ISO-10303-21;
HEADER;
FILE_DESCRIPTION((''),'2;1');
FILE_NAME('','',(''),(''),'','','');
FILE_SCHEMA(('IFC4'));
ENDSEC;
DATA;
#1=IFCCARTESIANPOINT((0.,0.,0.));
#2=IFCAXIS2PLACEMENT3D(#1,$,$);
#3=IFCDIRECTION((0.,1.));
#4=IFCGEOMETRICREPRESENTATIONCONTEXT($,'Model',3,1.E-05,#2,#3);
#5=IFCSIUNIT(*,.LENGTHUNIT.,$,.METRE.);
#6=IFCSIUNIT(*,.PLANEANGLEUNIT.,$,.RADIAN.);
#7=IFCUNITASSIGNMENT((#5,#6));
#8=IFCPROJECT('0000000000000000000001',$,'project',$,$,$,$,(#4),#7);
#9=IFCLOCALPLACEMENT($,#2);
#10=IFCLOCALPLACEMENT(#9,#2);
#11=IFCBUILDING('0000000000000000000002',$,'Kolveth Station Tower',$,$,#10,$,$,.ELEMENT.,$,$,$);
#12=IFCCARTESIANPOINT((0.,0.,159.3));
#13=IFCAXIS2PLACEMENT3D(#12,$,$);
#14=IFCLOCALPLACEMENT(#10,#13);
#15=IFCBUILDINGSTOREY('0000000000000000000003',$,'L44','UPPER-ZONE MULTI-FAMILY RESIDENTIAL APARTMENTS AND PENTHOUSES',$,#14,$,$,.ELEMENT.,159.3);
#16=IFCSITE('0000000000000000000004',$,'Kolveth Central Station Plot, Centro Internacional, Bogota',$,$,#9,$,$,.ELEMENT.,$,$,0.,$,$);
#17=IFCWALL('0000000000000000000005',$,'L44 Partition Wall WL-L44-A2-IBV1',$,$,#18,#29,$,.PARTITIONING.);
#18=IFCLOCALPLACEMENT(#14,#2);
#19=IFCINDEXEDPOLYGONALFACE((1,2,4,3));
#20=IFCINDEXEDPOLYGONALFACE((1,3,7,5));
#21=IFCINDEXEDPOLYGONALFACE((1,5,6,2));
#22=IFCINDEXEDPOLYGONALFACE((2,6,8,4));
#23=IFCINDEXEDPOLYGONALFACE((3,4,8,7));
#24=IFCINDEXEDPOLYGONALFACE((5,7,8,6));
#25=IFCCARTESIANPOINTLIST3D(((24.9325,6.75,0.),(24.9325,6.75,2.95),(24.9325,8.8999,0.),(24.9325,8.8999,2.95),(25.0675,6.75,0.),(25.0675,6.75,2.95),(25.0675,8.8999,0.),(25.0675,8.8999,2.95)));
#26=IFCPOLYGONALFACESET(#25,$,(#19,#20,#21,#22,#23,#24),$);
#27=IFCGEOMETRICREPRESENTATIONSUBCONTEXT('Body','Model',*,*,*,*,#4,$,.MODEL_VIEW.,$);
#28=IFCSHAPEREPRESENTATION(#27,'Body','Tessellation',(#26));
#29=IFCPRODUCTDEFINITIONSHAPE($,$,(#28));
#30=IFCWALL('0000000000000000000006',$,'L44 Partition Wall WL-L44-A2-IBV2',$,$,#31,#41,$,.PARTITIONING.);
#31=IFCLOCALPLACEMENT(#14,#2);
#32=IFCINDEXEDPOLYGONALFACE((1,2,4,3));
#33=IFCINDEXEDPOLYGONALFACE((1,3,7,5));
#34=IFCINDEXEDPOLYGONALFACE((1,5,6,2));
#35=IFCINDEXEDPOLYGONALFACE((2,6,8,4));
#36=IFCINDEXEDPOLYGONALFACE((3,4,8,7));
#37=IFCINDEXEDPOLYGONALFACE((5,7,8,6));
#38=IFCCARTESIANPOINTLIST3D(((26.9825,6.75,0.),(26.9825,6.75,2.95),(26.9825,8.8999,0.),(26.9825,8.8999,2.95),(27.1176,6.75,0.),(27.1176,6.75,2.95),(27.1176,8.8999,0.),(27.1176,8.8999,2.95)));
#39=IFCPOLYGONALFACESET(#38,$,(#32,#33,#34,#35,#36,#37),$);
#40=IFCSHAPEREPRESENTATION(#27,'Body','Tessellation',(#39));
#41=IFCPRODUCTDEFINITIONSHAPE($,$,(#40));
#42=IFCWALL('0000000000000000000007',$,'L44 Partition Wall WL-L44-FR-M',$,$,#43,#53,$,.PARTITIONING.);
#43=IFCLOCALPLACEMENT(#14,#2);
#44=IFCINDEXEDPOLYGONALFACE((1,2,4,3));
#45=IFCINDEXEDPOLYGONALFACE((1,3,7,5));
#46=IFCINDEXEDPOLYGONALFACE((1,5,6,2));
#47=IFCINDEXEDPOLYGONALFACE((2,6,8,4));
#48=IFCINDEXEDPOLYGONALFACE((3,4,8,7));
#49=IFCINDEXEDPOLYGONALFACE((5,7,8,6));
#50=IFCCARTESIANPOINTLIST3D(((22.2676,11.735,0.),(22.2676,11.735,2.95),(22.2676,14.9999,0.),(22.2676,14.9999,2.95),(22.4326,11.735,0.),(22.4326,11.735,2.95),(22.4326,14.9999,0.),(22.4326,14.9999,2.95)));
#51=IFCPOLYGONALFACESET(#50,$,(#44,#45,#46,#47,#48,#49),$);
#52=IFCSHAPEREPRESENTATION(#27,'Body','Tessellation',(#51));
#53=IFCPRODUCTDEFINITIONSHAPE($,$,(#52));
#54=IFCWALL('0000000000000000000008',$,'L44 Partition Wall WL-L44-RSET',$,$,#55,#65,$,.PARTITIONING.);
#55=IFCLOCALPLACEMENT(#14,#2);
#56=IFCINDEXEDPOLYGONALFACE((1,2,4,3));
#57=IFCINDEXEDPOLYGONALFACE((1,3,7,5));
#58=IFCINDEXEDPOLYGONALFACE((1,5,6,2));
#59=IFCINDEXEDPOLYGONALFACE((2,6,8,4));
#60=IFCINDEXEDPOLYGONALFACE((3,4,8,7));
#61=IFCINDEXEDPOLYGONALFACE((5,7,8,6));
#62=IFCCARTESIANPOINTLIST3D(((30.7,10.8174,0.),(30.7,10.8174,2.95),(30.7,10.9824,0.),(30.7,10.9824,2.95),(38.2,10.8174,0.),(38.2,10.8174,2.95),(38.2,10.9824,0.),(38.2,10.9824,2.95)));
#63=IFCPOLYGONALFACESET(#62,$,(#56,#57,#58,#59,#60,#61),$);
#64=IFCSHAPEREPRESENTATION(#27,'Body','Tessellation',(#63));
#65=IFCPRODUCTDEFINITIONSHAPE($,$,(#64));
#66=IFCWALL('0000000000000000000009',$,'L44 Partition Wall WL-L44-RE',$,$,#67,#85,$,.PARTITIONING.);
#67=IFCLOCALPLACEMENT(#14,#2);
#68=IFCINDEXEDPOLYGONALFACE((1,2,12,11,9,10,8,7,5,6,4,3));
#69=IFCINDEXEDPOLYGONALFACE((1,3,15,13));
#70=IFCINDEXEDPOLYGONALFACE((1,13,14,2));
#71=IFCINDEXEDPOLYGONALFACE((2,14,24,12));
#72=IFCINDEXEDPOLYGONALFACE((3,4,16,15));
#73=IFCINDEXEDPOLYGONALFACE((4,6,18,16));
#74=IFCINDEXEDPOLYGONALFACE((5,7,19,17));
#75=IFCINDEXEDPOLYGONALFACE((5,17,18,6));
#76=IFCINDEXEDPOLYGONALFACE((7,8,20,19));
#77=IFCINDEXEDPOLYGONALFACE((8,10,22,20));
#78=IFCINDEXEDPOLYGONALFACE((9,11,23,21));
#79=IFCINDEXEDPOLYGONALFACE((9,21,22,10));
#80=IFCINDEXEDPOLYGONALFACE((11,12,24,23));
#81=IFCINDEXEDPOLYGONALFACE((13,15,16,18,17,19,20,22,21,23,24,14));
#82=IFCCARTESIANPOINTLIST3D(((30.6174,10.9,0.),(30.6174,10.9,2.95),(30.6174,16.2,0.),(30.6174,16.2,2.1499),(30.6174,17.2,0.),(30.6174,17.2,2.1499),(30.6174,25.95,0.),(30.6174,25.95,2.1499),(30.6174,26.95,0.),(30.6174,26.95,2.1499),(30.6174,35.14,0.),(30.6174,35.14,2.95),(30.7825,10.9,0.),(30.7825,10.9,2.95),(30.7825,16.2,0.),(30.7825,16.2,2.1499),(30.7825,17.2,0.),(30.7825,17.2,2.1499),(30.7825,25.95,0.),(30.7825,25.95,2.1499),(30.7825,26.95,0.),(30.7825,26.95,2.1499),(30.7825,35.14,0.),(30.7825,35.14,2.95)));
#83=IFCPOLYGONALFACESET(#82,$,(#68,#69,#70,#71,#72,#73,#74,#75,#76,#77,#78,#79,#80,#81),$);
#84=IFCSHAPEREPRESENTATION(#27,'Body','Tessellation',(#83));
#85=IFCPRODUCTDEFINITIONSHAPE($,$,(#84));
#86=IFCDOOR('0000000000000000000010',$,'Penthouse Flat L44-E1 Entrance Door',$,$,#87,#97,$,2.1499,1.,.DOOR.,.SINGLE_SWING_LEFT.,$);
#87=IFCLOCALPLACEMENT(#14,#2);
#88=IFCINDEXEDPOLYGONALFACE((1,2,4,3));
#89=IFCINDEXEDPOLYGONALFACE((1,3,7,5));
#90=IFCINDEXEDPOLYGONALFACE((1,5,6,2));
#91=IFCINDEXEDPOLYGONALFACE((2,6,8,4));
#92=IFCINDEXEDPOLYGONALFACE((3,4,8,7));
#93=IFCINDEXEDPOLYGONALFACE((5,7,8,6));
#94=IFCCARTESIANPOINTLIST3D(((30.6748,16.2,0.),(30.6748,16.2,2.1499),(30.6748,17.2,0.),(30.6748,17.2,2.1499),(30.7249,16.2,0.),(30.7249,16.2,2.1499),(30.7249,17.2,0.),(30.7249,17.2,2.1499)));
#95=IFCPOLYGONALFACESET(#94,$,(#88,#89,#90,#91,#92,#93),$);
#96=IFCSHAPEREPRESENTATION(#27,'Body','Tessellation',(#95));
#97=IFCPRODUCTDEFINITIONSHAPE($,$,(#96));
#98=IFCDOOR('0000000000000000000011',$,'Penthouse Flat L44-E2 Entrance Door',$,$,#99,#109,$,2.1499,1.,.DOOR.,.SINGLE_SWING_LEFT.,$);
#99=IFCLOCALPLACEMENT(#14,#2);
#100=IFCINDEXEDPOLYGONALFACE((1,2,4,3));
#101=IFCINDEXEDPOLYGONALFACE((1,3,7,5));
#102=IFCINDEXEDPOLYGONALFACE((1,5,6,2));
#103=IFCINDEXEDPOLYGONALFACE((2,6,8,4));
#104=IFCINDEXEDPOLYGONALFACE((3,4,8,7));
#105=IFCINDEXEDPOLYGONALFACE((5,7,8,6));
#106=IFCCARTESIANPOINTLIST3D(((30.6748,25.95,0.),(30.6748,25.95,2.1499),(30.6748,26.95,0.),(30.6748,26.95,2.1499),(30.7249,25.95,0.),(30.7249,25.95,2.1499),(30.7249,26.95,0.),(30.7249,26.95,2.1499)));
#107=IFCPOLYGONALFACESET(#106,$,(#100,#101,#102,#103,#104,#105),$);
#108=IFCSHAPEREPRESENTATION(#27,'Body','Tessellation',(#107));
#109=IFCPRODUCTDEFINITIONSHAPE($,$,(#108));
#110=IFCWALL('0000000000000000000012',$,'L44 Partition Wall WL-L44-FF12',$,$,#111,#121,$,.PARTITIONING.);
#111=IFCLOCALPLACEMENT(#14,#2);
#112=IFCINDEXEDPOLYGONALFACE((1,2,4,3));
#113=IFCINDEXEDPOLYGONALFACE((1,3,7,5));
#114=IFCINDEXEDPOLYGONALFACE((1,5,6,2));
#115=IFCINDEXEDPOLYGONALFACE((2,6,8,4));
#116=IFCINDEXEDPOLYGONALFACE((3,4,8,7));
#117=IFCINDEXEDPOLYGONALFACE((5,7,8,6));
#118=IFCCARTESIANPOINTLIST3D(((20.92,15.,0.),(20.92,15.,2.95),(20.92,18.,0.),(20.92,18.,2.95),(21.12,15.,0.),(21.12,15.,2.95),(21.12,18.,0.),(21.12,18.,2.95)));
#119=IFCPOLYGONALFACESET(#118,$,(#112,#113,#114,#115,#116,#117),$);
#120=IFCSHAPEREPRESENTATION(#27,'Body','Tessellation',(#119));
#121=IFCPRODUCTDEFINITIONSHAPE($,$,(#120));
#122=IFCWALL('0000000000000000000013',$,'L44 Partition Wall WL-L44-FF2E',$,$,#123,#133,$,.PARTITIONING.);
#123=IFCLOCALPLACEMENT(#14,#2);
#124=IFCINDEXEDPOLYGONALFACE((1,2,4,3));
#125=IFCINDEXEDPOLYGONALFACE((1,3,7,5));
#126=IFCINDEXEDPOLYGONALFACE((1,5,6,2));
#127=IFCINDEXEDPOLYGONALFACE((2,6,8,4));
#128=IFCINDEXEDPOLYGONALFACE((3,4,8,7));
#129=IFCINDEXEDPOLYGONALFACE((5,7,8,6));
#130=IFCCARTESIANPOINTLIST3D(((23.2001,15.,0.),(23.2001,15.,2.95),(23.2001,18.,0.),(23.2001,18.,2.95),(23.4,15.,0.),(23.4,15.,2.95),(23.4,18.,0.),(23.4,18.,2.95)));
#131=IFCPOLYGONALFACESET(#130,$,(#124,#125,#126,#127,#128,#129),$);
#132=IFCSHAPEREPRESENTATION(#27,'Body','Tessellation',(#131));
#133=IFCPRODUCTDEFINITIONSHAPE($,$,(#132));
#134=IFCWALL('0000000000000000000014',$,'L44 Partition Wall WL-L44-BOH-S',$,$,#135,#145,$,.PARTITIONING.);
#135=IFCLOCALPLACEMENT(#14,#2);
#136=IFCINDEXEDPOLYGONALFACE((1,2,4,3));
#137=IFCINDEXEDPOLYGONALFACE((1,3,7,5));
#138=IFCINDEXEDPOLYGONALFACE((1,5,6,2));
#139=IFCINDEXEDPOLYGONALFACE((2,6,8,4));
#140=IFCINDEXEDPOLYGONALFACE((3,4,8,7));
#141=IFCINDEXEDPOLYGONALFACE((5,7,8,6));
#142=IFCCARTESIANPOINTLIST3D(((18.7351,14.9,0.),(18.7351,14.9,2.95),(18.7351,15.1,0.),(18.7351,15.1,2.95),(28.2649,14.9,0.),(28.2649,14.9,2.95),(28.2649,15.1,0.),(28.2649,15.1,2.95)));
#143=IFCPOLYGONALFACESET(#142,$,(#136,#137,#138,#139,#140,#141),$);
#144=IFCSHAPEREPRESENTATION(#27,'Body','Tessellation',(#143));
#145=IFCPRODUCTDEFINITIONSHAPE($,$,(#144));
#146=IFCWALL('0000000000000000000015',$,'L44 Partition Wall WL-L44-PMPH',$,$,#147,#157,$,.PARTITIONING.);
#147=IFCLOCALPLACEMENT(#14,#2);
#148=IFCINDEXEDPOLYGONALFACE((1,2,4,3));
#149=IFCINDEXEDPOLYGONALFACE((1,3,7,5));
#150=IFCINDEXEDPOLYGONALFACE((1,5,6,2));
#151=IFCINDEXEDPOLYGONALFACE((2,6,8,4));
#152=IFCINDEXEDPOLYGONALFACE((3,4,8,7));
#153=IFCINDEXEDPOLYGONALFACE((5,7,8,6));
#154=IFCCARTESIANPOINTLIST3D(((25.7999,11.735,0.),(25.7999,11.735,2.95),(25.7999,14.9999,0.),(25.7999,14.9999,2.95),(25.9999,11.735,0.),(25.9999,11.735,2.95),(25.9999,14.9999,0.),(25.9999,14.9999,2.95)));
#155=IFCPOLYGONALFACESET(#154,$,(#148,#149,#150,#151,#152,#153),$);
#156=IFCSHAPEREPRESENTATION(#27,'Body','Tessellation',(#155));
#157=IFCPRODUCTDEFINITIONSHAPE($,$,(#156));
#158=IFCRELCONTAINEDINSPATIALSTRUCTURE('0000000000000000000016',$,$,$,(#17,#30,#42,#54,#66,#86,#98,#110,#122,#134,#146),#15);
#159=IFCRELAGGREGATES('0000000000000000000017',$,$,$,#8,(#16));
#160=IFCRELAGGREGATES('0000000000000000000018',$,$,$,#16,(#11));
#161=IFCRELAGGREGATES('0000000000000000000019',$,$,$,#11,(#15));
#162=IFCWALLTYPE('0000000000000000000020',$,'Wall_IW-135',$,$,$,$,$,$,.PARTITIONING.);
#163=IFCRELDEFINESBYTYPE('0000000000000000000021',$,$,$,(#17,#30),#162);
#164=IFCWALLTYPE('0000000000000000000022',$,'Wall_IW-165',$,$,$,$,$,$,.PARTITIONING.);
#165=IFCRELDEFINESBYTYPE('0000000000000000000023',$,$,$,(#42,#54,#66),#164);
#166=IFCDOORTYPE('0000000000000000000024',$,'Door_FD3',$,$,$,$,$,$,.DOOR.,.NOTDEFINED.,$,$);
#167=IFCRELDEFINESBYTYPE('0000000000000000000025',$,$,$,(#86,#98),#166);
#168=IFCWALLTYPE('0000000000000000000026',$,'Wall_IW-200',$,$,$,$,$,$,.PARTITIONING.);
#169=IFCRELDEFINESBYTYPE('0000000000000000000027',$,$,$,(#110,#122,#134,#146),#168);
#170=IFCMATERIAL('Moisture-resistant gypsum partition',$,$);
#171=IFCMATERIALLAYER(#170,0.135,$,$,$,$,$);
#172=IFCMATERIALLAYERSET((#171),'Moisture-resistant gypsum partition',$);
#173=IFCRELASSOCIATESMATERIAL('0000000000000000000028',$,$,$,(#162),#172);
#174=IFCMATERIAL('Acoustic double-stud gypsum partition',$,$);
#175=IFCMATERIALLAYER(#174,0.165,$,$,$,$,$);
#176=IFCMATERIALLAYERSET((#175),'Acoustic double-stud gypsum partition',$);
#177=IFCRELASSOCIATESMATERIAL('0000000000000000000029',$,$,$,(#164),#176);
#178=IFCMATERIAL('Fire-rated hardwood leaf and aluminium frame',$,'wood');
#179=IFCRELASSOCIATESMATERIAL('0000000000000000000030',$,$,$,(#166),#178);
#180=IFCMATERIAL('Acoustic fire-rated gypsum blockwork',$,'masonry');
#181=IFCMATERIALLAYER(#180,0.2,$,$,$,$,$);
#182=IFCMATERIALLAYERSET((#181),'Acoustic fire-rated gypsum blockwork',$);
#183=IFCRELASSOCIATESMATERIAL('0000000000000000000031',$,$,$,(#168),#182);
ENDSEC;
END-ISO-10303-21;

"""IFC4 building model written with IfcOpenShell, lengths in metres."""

from ifc_helpers import new_model, si_unit, direction, frame, frame_2d, origin, place, context, subcontext, project, spatial, rectangle, extrude, material, layer, layer_set, type_object, element, fill, save


model = new_model("IFC4")

# Units and contexts
model_context = context("Model", 3, precision=1e-05, world=origin(), true_north=direction((0.0, 1.0)))
body_context = subcontext(model_context, "Body", "Model", "MODEL_VIEW")
ifc_project = project(units=[si_unit("LENGTHUNIT", "METRE"), si_unit("PLANEANGLEUNIT", "RADIAN")], contexts=[model_context])

# Site, building, storey
site_placement = place(None, origin())
site = spatial("IfcSite", under=ifc_project, at=site_placement, Name="Kolveth Central Station Plot, Centro Internacional, Bogota", CompositionType="ELEMENT", RefElevation=0.0)
building_placement = place(site_placement, origin())
building = spatial("IfcBuilding", under=site, at=building_placement, Name="Kolveth Station Tower", CompositionType="ELEMENT")
storey_placement = place(building_placement, frame((0.0, 0.0, 159.3)))
storey = spatial("IfcBuildingStorey", under=building, at=storey_placement, Name="L44", Description="UPPER-ZONE MULTI-FAMILY RESIDENTIAL APARTMENTS AND PENTHOUSES", CompositionType="ELEMENT", Elevation=159.3)

# Shared definitions
ifc_material_1 = material(Name="Moisture-resistant gypsum partition")
ifc_layer_1 = layer(ifc_material_1, 0.135)
ifc_layer_set_1 = layer_set([ifc_layer_1], Name="Moisture-resistant gypsum partition")
wall_type_1 = type_object("IfcWallType", Name="Wall_IW-135", PredefinedType="PARTITIONING", material=ifc_layer_set_1)

# Walls
for number, where, z_axis, x_axis, name in (
    (1, (25.0, 6.75, 0.0), (0.0, 0.0, 1.0), (0.0, 1.0, 0.0), "L44 Partition Wall WL-L44-A2-IBV1"),
    (2, (27.05, 6.75, 0.0), (0.0, 0.0, 1.0), (0.0, 1.0, 0.0), "L44 Partition Wall WL-L44-A2-IBV2"),
):
    element("IfcWall", number, at=place(storey_placement, frame(where, z_axis=z_axis, x_axis=x_axis)), inside=storey, type_object=wall_type_1, Name=name, PredefinedType="PARTITIONING", context=body_context, shape_type="SweptSolid", body=[
        extrude(rectangle(XDim=2.1499, YDim=0.135, at=frame_2d((1.075, 0.0))), origin(), (0.0, 0.0, 1.0), 2.95),
    ])
ifc_material_2 = material(Name="Acoustic double-stud gypsum partition")
ifc_layer_2 = layer(ifc_material_2, 0.165)
ifc_layer_set_2 = layer_set([ifc_layer_2], Name="Acoustic double-stud gypsum partition")
wall_type_2 = type_object("IfcWallType", Name="Wall_IW-165", PredefinedType="PARTITIONING", material=ifc_layer_set_2)
wall_1_placement = place(storey_placement, frame((22.3501, 11.7351, 0.0), z_axis=(0.0, 0.0, 1.0), x_axis=(0.0, 1.0, 0.0)))
element("IfcWall", 3, at=wall_1_placement, inside=storey, type_object=wall_type_2, Name="L44 Partition Wall WL-L44-FR-M", PredefinedType="PARTITIONING", context=body_context, shape_type="SweptSolid", body=[
    extrude(rectangle(XDim=3.2649, YDim=0.165, at=frame_2d((1.6323, 0.0))), origin(), (0.0, 0.0, 1.0), 2.95),
])
wall_2_placement = place(storey_placement, frame((30.7, 10.8999, 0.0), z_axis=(0.0, 0.0, 1.0), x_axis=(1.0, 0.0, 0.0)))
element("IfcWall", 4, at=wall_2_placement, inside=storey, type_object=wall_type_2, Name="L44 Partition Wall WL-L44-RSET", PredefinedType="PARTITIONING", context=body_context, shape_type="SweptSolid", body=[
    extrude(rectangle(XDim=7.5, YDim=0.165, at=frame_2d((3.75, 0.0))), origin(), (0.0, 0.0, 1.0), 2.95),
])

# Wall, openings, doors
wall_3_placement = place(storey_placement, frame((30.7, 10.8999, 0.0), z_axis=(0.0, 0.0, 1.0), x_axis=(0.0, 1.0, 0.0)))
wall_3 = element("IfcWall", 5, at=wall_3_placement, inside=storey, type_object=wall_type_2, Name="L44 Partition Wall WL-L44-RE", PredefinedType="PARTITIONING", context=body_context, shape_type="SweptSolid", body=[
    extrude(rectangle(XDim=24.24, YDim=0.165, at=frame_2d((12.1201, 0.0))), origin(), (0.0, 0.0, 1.0), 2.95),
])
opening_1_placement = place(wall_3_placement, frame((5.3, 0.0, 0.0)))
opening_1 = element("IfcOpeningElement", 6, at=opening_1_placement, cuts=wall_3, PredefinedType="OPENING", context=body_context, shape_type="SweptSolid", body=[
    extrude(rectangle(XDim=1.0, YDim=2.1499, at=frame_2d((0.5, 1.075))), frame((0.0, 0.0925, 0.0), z_axis=(0.0, -1.0, 0.0), x_axis=(1.0, 0.0, 0.0)), (0.0, 0.0, 1.0), 0.1851),
])
opening_2_placement = place(wall_3_placement, frame((15.05, 0.0, 0.0)))
opening_2 = element("IfcOpeningElement", 7, at=opening_2_placement, cuts=wall_3, PredefinedType="OPENING", context=body_context, shape_type="SweptSolid", body=[
    extrude(rectangle(XDim=1.0, YDim=2.1499, at=frame_2d((0.5, 1.075))), frame((0.0, 0.0925, 0.0), z_axis=(0.0, -1.0, 0.0), x_axis=(1.0, 0.0, 0.0)), (0.0, 0.0, 1.0), 0.1851),
])
ifc_material_3 = material(Name="Fire-rated hardwood leaf and aluminium frame", Category="wood")
door_type_1 = type_object("IfcDoorType", Name="Door_FD3", OperationType="NOTDEFINED", PredefinedType="DOOR", material=ifc_material_3)
door_1_placement = place(opening_1_placement, frame((1.0, 0.0, 0.0), z_axis=(0.0, 0.0, 1.0), x_axis=(-1.0, 0.0, 0.0)))
door_1 = element("IfcDoor", 8, at=door_1_placement, inside=storey, type_object=door_type_1, Name="Penthouse Flat L44-E1 Entrance Door", OperationType="SINGLE_SWING_LEFT", OverallHeight=2.1499, OverallWidth=1.0, PredefinedType="DOOR", context=body_context, shape_type="SweptSolid", body=[
    extrude(rectangle(XDim=1.0, YDim=2.1499, at=frame_2d((0.5, 1.075))), frame((0.0, 0.0249, 0.0), z_axis=(0.0, -1.0, 0.0), x_axis=(1.0, 0.0, 0.0)), (0.0, 0.0, 1.0), 0.05),
])
fill(opening_1, door_1)
door_2_placement = place(opening_2_placement, frame((1.0, 0.0, 0.0), z_axis=(0.0, 0.0, 1.0), x_axis=(-1.0, 0.0, 0.0)))
door_2 = element("IfcDoor", 9, at=door_2_placement, inside=storey, type_object=door_type_1, Name="Penthouse Flat L44-E2 Entrance Door", OperationType="SINGLE_SWING_LEFT", OverallHeight=2.1499, OverallWidth=1.0, PredefinedType="DOOR", context=body_context, shape_type="SweptSolid", body=[
    extrude(rectangle(XDim=1.0, YDim=2.1499, at=frame_2d((0.5, 1.075))), frame((0.0, 0.0249, 0.0), z_axis=(0.0, -1.0, 0.0), x_axis=(1.0, 0.0, 0.0)), (0.0, 0.0, 1.0), 0.05),
])
fill(opening_2, door_2)

# Walls
ifc_material_4 = material(Name="Acoustic fire-rated gypsum blockwork", Category="masonry")
ifc_layer_3 = layer(ifc_material_4, 0.2)
ifc_layer_set_3 = layer_set([ifc_layer_3], Name="Acoustic fire-rated gypsum blockwork")
wall_type_3 = type_object("IfcWallType", Name="Wall_IW-200", PredefinedType="PARTITIONING", material=ifc_layer_set_3)
for number, where, z_axis, x_axis, name in (
    (10, (21.02, 15.0, 0.0), (0.0, 0.0, 1.0), (0.0, 1.0, 0.0), "L44 Partition Wall WL-L44-FF12"),
    (11, (23.3, 15.0, 0.0), (0.0, 0.0, 1.0), (0.0, 1.0, 0.0), "L44 Partition Wall WL-L44-FF2E"),
):
    element("IfcWall", number, at=place(storey_placement, frame(where, z_axis=z_axis, x_axis=x_axis)), inside=storey, type_object=wall_type_3, Name=name, PredefinedType="PARTITIONING", context=body_context, shape_type="SweptSolid", body=[
        extrude(rectangle(XDim=3.0, YDim=0.2, at=frame_2d((1.5, 0.0))), origin(), (0.0, 0.0, 1.0), 2.95),
    ])
wall_4_placement = place(storey_placement, frame((18.7351, 15.0, 0.0), z_axis=(0.0, 0.0, 1.0), x_axis=(1.0, 0.0, 0.0)))
element("IfcWall", 12, at=wall_4_placement, inside=storey, type_object=wall_type_3, Name="L44 Partition Wall WL-L44-BOH-S", PredefinedType="PARTITIONING", context=body_context, shape_type="SweptSolid", body=[
    extrude(rectangle(XDim=9.5298, YDim=0.2, at=frame_2d((4.7649, 0.0))), origin(), (0.0, 0.0, 1.0), 2.95),
])
wall_5_placement = place(storey_placement, frame((25.8999, 11.7351, 0.0), z_axis=(0.0, 0.0, 1.0), x_axis=(0.0, 1.0, 0.0)))
element("IfcWall", 13, at=wall_5_placement, inside=storey, type_object=wall_type_3, Name="L44 Partition Wall WL-L44-PMPH", PredefinedType="PARTITIONING", context=body_context, shape_type="SweptSolid", body=[
    extrude(rectangle(XDim=3.2649, YDim=0.2, at=frame_2d((1.6323, 0.0))), origin(), (0.0, 0.0, 1.0), 2.95),
])

save(model, "model.ifc")
